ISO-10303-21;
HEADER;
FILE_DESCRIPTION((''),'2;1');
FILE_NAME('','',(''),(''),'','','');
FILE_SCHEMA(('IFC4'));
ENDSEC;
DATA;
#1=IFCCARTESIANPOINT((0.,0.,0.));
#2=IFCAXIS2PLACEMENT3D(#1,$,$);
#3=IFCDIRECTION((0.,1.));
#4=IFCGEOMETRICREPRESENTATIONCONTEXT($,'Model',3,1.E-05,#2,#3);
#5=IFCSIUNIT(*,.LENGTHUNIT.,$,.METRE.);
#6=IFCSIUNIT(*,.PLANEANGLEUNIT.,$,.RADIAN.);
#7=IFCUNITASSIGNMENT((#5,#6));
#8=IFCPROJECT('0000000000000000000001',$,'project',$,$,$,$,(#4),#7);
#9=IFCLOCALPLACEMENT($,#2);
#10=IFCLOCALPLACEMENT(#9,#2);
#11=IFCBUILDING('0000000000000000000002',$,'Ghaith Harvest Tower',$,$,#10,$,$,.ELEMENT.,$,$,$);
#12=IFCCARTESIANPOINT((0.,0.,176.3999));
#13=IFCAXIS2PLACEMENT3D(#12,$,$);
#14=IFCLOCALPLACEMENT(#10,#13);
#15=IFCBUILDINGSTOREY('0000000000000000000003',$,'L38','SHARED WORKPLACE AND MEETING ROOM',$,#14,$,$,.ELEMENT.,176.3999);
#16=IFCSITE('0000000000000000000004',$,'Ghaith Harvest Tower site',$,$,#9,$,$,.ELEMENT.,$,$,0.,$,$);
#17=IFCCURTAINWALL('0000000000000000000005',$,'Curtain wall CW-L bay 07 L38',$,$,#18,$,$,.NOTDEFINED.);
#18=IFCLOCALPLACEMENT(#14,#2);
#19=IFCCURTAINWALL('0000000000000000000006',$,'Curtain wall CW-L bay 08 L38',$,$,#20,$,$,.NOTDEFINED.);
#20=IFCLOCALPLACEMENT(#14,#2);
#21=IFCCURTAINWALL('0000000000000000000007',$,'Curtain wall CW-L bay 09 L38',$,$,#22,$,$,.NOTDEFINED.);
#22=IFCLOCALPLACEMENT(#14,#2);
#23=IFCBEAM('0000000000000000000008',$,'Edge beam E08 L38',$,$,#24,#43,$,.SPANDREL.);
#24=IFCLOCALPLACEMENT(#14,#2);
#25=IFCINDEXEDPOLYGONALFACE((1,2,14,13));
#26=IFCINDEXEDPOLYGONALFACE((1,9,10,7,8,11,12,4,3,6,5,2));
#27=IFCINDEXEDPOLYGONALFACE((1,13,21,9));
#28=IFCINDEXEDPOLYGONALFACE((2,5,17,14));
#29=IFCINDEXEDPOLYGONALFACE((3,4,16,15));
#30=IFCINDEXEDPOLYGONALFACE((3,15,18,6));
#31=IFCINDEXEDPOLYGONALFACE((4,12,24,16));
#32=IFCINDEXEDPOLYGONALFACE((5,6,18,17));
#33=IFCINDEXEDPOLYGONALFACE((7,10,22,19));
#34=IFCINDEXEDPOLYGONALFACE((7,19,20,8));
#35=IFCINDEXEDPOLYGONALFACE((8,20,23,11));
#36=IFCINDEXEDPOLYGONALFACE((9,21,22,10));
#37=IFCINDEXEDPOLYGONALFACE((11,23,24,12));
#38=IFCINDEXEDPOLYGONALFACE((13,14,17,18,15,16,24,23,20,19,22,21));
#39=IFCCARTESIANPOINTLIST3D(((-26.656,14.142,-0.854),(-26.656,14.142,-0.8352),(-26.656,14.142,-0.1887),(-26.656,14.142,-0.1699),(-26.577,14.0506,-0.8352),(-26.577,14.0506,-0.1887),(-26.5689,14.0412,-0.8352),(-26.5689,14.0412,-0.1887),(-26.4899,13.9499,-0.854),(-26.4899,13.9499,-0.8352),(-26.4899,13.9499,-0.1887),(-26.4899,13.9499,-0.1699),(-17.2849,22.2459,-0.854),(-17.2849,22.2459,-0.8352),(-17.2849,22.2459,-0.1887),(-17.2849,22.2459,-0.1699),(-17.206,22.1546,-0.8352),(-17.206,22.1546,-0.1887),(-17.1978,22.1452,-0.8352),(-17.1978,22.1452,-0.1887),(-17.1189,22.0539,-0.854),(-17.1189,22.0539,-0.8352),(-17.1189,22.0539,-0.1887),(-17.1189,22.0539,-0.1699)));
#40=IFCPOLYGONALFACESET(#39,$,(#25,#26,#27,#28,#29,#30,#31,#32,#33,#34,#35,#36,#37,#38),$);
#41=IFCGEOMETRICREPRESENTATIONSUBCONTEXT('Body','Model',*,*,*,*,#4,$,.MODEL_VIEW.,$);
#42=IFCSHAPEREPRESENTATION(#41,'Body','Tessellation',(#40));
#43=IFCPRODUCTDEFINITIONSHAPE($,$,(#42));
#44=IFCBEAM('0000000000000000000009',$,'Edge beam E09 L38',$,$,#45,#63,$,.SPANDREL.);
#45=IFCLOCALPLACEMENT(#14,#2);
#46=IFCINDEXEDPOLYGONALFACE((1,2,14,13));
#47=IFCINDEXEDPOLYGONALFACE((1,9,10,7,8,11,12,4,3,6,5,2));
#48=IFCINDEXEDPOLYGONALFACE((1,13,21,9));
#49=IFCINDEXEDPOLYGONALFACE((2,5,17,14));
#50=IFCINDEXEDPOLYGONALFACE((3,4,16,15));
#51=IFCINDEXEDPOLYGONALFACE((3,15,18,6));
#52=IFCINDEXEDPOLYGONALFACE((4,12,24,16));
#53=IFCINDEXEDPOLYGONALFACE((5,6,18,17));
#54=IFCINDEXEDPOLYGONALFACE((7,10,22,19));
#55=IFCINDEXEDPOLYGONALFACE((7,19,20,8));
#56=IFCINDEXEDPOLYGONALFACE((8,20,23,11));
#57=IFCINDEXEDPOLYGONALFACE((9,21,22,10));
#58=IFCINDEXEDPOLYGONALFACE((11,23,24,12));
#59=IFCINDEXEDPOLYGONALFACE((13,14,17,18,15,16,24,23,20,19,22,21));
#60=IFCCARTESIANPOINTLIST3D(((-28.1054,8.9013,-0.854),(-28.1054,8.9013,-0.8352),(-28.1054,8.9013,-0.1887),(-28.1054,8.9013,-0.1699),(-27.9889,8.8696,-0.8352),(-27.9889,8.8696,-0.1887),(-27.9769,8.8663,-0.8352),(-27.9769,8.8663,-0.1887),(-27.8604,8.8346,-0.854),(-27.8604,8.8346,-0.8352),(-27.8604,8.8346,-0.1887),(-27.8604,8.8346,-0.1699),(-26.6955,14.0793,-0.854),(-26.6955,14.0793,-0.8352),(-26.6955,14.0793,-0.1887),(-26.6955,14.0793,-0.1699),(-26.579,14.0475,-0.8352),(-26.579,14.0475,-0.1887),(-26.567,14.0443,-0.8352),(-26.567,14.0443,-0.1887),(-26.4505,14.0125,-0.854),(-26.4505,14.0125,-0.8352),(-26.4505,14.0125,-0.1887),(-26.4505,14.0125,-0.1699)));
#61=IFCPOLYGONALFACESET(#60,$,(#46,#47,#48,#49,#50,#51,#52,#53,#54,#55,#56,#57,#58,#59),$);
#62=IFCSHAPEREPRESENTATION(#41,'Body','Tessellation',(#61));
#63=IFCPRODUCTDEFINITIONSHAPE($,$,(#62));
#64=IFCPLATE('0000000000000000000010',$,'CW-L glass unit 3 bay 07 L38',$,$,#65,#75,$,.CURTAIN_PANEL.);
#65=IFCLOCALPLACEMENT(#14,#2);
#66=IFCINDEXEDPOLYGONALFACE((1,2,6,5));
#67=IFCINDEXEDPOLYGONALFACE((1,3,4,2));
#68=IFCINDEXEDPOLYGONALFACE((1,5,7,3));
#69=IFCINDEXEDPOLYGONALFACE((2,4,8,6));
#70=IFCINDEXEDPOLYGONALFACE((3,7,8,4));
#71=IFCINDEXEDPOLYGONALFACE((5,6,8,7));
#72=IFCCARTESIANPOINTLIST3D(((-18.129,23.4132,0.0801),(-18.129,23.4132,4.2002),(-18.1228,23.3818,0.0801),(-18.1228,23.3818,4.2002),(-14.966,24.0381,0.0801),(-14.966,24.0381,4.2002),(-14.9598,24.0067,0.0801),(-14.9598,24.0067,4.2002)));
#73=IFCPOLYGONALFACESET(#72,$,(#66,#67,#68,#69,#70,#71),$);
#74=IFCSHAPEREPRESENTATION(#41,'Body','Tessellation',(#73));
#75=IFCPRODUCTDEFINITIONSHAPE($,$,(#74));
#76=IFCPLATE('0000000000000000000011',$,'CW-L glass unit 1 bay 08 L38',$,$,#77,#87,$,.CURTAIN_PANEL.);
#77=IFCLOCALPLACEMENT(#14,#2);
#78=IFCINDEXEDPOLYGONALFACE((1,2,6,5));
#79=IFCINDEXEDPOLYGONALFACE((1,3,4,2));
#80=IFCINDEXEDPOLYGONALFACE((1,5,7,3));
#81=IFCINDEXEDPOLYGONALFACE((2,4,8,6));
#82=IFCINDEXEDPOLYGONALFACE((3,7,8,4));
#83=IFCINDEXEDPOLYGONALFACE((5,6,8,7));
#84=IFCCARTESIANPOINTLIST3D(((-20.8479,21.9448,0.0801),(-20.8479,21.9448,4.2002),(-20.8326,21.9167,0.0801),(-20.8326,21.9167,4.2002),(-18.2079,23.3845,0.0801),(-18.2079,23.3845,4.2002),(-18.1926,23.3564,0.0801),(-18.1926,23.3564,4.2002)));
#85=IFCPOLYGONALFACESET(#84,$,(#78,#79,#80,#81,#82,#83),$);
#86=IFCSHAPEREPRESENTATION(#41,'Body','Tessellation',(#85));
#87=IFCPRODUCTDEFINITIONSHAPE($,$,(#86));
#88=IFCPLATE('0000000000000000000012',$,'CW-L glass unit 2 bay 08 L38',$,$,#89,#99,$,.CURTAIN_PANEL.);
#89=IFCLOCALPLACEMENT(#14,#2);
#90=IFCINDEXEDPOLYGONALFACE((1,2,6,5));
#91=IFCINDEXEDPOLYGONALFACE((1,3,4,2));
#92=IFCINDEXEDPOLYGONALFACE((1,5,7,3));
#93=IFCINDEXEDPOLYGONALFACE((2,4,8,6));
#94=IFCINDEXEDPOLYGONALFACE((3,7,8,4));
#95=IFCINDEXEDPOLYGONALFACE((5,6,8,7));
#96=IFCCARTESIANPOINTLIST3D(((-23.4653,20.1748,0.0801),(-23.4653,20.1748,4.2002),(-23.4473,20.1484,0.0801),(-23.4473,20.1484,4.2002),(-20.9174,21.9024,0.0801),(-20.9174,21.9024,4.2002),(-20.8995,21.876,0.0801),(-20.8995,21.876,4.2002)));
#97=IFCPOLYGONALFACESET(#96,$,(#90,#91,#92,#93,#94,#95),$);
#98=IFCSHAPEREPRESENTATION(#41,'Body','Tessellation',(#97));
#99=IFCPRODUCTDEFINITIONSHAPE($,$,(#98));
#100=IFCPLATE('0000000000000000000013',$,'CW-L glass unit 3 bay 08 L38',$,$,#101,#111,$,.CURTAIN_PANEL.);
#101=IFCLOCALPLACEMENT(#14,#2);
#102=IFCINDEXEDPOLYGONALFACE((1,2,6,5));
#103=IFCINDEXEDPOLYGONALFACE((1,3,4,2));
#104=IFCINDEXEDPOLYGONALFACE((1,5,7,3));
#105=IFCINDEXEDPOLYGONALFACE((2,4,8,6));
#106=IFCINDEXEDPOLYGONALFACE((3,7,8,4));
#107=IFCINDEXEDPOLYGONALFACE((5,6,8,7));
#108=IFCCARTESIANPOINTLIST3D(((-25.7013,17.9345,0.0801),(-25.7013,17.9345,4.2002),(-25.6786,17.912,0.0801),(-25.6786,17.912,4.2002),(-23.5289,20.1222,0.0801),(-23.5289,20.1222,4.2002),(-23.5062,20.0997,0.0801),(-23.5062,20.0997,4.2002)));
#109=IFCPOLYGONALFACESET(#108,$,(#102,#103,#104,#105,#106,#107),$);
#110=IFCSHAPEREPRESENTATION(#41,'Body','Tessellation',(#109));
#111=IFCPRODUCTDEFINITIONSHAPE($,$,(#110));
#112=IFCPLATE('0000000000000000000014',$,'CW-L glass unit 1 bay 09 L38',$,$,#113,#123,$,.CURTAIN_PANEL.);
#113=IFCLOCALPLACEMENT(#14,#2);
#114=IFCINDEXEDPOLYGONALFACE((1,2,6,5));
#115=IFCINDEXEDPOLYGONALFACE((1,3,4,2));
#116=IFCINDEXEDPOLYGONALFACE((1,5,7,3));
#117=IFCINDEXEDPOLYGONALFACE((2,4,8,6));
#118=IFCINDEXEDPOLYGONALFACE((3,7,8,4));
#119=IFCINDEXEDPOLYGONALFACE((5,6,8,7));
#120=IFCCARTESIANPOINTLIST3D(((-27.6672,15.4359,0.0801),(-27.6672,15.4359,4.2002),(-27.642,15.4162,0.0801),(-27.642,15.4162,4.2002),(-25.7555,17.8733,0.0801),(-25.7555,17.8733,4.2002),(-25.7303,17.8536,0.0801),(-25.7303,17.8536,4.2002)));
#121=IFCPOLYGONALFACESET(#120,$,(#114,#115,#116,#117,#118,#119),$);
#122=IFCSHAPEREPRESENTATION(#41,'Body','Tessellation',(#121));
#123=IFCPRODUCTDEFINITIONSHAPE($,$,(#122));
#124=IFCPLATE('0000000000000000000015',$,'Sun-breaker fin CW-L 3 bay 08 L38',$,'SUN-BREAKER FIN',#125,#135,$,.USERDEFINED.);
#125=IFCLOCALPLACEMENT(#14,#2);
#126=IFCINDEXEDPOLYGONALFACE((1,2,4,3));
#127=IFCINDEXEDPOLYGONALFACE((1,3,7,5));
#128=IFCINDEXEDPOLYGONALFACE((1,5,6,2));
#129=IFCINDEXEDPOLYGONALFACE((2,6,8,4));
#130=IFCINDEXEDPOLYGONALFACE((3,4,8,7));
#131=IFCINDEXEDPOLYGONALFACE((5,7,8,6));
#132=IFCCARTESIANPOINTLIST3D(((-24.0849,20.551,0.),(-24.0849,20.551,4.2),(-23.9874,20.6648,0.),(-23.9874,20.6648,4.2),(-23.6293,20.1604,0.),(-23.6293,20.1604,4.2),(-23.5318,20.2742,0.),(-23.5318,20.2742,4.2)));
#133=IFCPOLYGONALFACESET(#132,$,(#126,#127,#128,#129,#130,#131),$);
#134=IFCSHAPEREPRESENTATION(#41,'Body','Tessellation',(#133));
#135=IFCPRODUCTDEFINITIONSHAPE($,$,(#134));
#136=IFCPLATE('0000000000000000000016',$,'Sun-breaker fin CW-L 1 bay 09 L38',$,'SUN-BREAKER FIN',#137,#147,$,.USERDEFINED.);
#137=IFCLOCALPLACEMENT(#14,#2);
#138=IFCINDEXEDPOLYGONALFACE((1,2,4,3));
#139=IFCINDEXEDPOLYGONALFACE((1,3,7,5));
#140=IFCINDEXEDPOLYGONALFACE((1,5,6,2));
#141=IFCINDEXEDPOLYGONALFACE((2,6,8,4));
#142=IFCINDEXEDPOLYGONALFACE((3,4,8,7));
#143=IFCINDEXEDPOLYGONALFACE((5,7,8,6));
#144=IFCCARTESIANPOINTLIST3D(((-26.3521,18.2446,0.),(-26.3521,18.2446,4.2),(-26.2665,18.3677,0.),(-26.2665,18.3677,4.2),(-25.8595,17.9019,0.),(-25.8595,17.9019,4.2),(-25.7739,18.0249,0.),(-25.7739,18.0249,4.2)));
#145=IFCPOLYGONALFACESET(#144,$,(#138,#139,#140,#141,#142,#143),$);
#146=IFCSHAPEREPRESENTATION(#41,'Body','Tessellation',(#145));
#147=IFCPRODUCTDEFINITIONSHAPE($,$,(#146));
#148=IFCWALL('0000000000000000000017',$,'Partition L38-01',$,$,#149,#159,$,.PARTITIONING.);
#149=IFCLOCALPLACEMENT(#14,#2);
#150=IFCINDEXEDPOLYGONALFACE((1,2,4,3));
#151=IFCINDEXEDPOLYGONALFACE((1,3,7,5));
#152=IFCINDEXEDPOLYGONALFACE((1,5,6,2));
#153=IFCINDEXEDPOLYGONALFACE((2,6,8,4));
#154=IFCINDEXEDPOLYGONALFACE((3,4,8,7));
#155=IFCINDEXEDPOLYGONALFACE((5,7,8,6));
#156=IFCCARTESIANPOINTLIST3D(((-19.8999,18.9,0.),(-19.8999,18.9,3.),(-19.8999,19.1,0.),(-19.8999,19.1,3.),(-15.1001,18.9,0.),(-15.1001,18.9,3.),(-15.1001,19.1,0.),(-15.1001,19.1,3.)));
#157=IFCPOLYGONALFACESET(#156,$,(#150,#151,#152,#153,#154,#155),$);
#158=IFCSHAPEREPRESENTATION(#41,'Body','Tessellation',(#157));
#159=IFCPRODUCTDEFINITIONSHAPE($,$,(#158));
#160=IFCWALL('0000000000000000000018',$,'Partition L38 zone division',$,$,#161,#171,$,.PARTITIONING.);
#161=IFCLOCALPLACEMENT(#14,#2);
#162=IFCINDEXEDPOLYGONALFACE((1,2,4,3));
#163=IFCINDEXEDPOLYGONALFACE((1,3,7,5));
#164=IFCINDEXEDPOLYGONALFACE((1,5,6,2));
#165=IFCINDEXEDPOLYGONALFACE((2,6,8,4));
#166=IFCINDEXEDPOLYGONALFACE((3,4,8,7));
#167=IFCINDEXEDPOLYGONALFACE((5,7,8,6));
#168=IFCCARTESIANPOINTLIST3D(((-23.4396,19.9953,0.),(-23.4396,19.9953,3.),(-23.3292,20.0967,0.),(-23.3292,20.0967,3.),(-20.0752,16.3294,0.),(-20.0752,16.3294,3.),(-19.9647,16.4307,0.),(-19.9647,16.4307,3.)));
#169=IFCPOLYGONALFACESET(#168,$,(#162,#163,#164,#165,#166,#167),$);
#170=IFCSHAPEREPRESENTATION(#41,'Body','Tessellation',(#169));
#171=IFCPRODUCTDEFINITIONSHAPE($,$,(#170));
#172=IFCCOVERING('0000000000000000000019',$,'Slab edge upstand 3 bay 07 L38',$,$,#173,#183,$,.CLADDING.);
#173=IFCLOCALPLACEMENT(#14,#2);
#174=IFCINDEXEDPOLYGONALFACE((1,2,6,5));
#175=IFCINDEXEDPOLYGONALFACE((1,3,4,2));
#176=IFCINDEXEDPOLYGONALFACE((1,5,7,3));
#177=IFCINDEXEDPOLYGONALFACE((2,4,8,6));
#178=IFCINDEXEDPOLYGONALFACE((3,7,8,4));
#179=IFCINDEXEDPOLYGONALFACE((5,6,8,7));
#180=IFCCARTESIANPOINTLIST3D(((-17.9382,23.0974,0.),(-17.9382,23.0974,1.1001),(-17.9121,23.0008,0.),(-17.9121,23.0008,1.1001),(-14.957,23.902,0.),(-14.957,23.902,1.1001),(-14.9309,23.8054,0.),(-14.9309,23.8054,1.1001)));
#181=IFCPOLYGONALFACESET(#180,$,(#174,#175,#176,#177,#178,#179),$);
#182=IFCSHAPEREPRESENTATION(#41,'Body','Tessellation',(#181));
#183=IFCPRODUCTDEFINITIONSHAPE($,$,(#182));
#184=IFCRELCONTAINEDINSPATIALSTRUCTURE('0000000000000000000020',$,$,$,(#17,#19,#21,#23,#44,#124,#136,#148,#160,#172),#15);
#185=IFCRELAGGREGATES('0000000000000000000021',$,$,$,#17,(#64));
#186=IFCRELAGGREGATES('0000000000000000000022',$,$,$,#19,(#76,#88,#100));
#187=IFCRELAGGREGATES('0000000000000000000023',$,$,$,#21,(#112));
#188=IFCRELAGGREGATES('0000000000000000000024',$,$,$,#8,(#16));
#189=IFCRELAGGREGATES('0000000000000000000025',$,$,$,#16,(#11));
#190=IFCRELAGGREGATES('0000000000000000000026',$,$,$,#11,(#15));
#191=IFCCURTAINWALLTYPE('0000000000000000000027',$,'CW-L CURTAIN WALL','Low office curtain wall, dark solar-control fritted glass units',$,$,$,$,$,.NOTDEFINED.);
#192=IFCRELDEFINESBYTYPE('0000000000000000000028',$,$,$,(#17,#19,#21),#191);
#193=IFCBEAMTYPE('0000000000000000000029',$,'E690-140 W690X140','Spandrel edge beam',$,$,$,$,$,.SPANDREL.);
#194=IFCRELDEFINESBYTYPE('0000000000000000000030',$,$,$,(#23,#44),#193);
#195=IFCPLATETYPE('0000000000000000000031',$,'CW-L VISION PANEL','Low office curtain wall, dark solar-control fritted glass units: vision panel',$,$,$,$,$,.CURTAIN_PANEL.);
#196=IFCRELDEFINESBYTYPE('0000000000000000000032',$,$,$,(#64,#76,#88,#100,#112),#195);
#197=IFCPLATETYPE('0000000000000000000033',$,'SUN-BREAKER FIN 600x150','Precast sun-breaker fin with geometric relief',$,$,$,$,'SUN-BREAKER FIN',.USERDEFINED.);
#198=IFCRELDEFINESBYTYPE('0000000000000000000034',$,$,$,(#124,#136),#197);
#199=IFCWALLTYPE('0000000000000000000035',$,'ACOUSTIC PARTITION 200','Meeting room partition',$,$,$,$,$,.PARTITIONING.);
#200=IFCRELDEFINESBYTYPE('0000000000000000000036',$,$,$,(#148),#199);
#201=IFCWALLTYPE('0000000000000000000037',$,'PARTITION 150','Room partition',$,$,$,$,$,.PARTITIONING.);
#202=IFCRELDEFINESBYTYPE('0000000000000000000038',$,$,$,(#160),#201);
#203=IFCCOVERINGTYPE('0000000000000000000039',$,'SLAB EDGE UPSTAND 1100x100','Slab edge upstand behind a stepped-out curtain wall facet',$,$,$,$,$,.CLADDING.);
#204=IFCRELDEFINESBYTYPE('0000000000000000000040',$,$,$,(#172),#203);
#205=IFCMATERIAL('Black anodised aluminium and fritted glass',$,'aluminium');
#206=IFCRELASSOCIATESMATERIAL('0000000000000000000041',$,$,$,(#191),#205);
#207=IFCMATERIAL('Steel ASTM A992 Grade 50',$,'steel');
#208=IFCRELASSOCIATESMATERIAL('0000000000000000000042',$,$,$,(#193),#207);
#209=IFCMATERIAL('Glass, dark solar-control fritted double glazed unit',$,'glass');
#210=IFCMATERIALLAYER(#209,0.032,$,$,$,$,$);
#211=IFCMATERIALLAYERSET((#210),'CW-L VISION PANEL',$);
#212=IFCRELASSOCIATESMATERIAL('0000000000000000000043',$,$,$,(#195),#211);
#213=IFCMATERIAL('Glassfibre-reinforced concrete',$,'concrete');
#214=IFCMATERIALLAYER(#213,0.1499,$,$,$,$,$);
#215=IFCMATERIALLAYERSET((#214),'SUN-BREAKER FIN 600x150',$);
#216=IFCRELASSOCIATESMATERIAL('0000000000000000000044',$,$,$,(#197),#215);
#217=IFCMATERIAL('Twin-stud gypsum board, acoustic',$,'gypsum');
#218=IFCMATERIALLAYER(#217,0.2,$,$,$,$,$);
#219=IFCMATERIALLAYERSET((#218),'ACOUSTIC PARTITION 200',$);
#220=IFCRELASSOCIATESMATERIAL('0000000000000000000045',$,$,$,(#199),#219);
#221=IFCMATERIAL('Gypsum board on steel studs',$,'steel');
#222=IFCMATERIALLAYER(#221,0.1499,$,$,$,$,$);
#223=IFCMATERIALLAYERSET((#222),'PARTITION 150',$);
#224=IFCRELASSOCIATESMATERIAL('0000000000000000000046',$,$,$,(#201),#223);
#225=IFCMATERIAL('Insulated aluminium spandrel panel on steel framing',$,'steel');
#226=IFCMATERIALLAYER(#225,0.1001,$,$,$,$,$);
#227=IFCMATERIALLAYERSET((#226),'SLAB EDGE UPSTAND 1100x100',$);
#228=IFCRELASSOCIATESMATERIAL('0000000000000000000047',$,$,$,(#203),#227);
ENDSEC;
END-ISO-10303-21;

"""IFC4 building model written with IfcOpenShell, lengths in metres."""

from ifc_helpers import new_model, si_unit, direction, frame, frame_2d, origin, origin_2d, place, context, subcontext, project, spatial, rectangle, i_section, extrude, material, layer, layer_set, material_profile, profile_set, type_object, element, aggregate, save


model = new_model("IFC4")

# Units and contexts
model_context = context("Model", 3, precision=1e-05, world=origin(), true_north=direction((0.0, 1.0)))
body_context = subcontext(model_context, "Body", "Model", "MODEL_VIEW")
ifc_project = project(units=[si_unit("LENGTHUNIT", "METRE"), si_unit("PLANEANGLEUNIT", "RADIAN")], contexts=[model_context])

# Site, building, storey
site_placement = place(None, origin())
site = spatial("IfcSite", under=ifc_project, at=site_placement, Name="Ghaith Harvest Tower site", CompositionType="ELEMENT", RefElevation=0.0)
building_placement = place(site_placement, origin())
building = spatial("IfcBuilding", under=site, at=building_placement, Name="Ghaith Harvest Tower", CompositionType="ELEMENT")
storey_placement = place(building_placement, frame((0.0, 0.0, 176.3999)))
storey = spatial("IfcBuildingStorey", under=building, at=storey_placement, Name="L38", Description="SHARED WORKPLACE AND MEETING ROOM", CompositionType="ELEMENT", Elevation=176.3999)

# Curtain wall
ifc_material_1 = material(Name="Black anodised aluminium and fritted glass", Category="aluminium")
curtain_wall_type = type_object("IfcCurtainWallType", Name="CW-L CURTAIN WALL", Description="Low office curtain wall, dark solar-control fritted glass units", PredefinedType="NOTDEFINED", material=ifc_material_1)
curtain_wall_1_placement = place(storey_placement, origin())
curtain_wall_1 = element("IfcCurtainWall", 1, at=curtain_wall_1_placement, inside=storey, type_object=curtain_wall_type, Name="Curtain wall CW-L bay 07 L38", PredefinedType="NOTDEFINED")

# Curtain walls
curtain_wall_2_placement = place(storey_placement, origin())
curtain_wall_2 = element("IfcCurtainWall", 2, at=curtain_wall_2_placement, inside=storey, type_object=curtain_wall_type, Name="Curtain wall CW-L bay 08 L38", PredefinedType="NOTDEFINED")
curtain_wall_3_placement = place(storey_placement, origin())
curtain_wall_3 = element("IfcCurtainWall", 3, at=curtain_wall_3_placement, inside=storey, type_object=curtain_wall_type, Name="Curtain wall CW-L bay 09 L38", PredefinedType="NOTDEFINED")

# Beams
ifc_material_2 = material(Name="Steel ASTM A992 Grade 50", Category="steel")
ifc_material_profile_1 = material_profile(ifc_material_2, i_section(OverallWidth=0.2539, OverallDepth=0.6841, WebThickness=0.0125, FlangeThickness=0.0188, at=origin_2d()), Name="W690X140")
ifc_profile_set_1 = profile_set([ifc_material_profile_1], Name="Steel ASTM A992 Grade 50")
beam_type = type_object("IfcBeamType", Name="E690-140 W690X140", Description="Spandrel edge beam", PredefinedType="SPANDREL", material=ifc_profile_set_1)
beam_1_placement = place(storey_placement, frame((-17.2019, 22.1499, -0.512), z_axis=(-0.756392, -0.654118, 0.0), x_axis=(0.654118, -0.756392, 0.0)))
element("IfcBeam", 4, at=beam_1_placement, inside=storey, type_object=beam_type, Name="Edge beam E08 L38", PredefinedType="SPANDREL", context=body_context, shape_type="SweptSolid", body=[
    extrude(i_section(OverallWidth=0.2539, OverallDepth=0.6841, WebThickness=0.0125, FlangeThickness=0.0188, at=origin_2d()), origin(), (0.0, 0.0, 1.0), 12.3892),
])
beam_2_placement = place(storey_placement, frame((-26.573, 14.0459, -0.512), z_axis=(-0.262725, -0.964871, 0.0), x_axis=(0.964871, -0.262725, 0.0)))
element("IfcBeam", 5, at=beam_2_placement, inside=storey, type_object=beam_type, Name="Edge beam E09 L38", PredefinedType="SPANDREL", context=body_context, shape_type="SweptSolid", body=[
    extrude(i_section(OverallWidth=0.2539, OverallDepth=0.6841, WebThickness=0.0125, FlangeThickness=0.0188, at=origin_2d()), origin(), (0.0, 0.0, 1.0), 5.3665),
])

# Plates
ifc_material_3 = material(Name="Glass, dark solar-control fritted double glazed unit", Category="glass")
ifc_layer_1 = layer(ifc_material_3, 0.032)
ifc_layer_set_1 = layer_set([ifc_layer_1], Name="CW-L VISION PANEL")
plate_type_1 = type_object("IfcPlateType", Name="CW-L VISION PANEL", Description="Low office curtain wall, dark solar-control fritted glass units: vision panel", PredefinedType="CURTAIN_PANEL", material=ifc_layer_set_1)
plate_1_placement = place(storey_placement, frame((-16.5444, 23.71, 0.0801), z_axis=(0.0, 0.0, 1.0), x_axis=(-0.981038, -0.193818, 0.0)))
plate_1 = element("IfcPlate", 6, at=plate_1_placement, type_object=plate_type_1, Name="CW-L glass unit 3 bay 07 L38", PredefinedType="CURTAIN_PANEL", context=body_context, shape_type="SweptSolid", body=[
    extrude(rectangle(XDim=3.2241, YDim=0.032, at=origin_2d()), origin(), (0.0, 0.0, 1.0), 4.1201),
])
aggregate(curtain_wall_1, [plate_1])
plate_2_placement = place(storey_placement, frame((-19.5203, 22.6506, 0.0801), z_axis=(0.0, 0.0, 1.0), x_axis=(-0.87794, -0.47877, 0.0)))
plate_2 = element("IfcPlate", 7, at=plate_2_placement, type_object=plate_type_1, Name="CW-L glass unit 1 bay 08 L38", PredefinedType="CURTAIN_PANEL", context=body_context, shape_type="SweptSolid", body=[
    extrude(rectangle(XDim=3.0071, YDim=0.032, at=origin_2d()), origin(), (0.0, 0.0, 1.0), 4.1201),
])
plate_3_placement = place(storey_placement, frame((-22.1824, 21.0254, 0.0801), z_axis=(0.0, 0.0, 1.0), x_axis=(-0.827675, -0.561208, 0.0)))
plate_3 = element("IfcPlate", 8, at=plate_3_placement, type_object=plate_type_1, Name="CW-L glass unit 2 bay 08 L38", PredefinedType="CURTAIN_PANEL", context=body_context, shape_type="SweptSolid", body=[
    extrude(rectangle(XDim=3.0784, YDim=0.032, at=origin_2d()), origin(), (0.0, 0.0, 1.0), 4.1201),
])
plate_4_placement = place(storey_placement, frame((-24.6038, 19.0171, 0.0801), z_axis=(0.0, 0.0, 1.0), x_axis=(-0.704614, -0.709591, 0.0)))
plate_4 = element("IfcPlate", 9, at=plate_4_placement, type_object=plate_type_1, Name="CW-L glass unit 3 bay 08 L38", PredefinedType="CURTAIN_PANEL", context=body_context, shape_type="SweptSolid", body=[
    extrude(rectangle(XDim=3.083, YDim=0.032, at=origin_2d()), origin(), (0.0, 0.0, 1.0), 4.1201),
])
aggregate(curtain_wall_2, [plate_2, plate_3, plate_4])
plate_5_placement = place(storey_placement, frame((-26.6987, 16.6448, 0.0801), z_axis=(0.0, 0.0, 1.0), x_axis=(-0.617141, -0.786853, 0.0)))
plate_5 = element("IfcPlate", 10, at=plate_5_placement, type_object=plate_type_1, Name="CW-L glass unit 1 bay 09 L38", PredefinedType="CURTAIN_PANEL", context=body_context, shape_type="SweptSolid", body=[
    extrude(rectangle(XDim=3.0977, YDim=0.032, at=origin_2d()), origin(), (0.0, 0.0, 1.0), 4.1201),
])
aggregate(curtain_wall_3, [plate_5])

# Plates
ifc_material_4 = material(Name="Glassfibre-reinforced concrete", Category="concrete")
ifc_layer_2 = layer(ifc_material_4, 0.1499)
ifc_layer_set_2 = layer_set([ifc_layer_2], Name="SUN-BREAKER FIN 600x150")
plate_type_2 = type_object("IfcPlateType", Name="SUN-BREAKER FIN 600x150", Description="Precast sun-breaker fin with geometric relief", ElementType="SUN-BREAKER FIN", PredefinedType="USERDEFINED", material=ifc_layer_set_2)
for number, where, z_axis, x_axis, name in (
    (11, (-23.8083, 20.4126, 0.0), (0.0, 0.0, 1.0), (-0.75917, 0.650893, 0.0), "Sun-breaker fin CW-L 3 bay 08 L38"),
    (12, (-26.063, 18.1348, 0.0), (0.0, 0.0, 1.0), (-0.820845, 0.57115, 0.0), "Sun-breaker fin CW-L 1 bay 09 L38"),
):
    element("IfcPlate", number, at=place(storey_placement, frame(where, z_axis=z_axis, x_axis=x_axis)), inside=storey, type_object=plate_type_2, Name=name, ObjectType="SUN-BREAKER FIN", PredefinedType="USERDEFINED", context=body_context, shape_type="SweptSolid", body=[
        extrude(rectangle(XDim=0.6001, YDim=0.1499, at=origin_2d()), origin(), (0.0, 0.0, 1.0), 4.2),
    ])

# Walls
ifc_material_5 = material(Name="Twin-stud gypsum board, acoustic", Category="gypsum")
ifc_layer_3 = layer(ifc_material_5, 0.2)
ifc_layer_set_3 = layer_set([ifc_layer_3], Name="ACOUSTIC PARTITION 200")
wall_type_1 = type_object("IfcWallType", Name="ACOUSTIC PARTITION 200", Description="Meeting room partition", PredefinedType="PARTITIONING", material=ifc_layer_set_3)
wall_1_placement = place(storey_placement, frame((-19.8999, 19.0, 0.0), z_axis=(0.0, 0.0, 1.0), x_axis=(1.0, 0.0, 0.0)))
element("IfcWall", 13, at=wall_1_placement, inside=storey, type_object=wall_type_1, Name="Partition L38-01", PredefinedType="PARTITIONING", context=body_context, shape_type="SweptSolid", body=[
    extrude(rectangle(XDim=4.7998, YDim=0.2, at=frame_2d((2.3999, 0.0))), origin(), (0.0, 0.0, 1.0), 3.0),
])
ifc_material_6 = material(Name="Gypsum board on steel studs", Category="steel")
ifc_layer_4 = layer(ifc_material_6, 0.1499)
ifc_layer_set_4 = layer_set([ifc_layer_4], Name="PARTITION 150")
wall_type_2 = type_object("IfcWallType", Name="PARTITION 150", Description="Room partition", PredefinedType="PARTITIONING", material=ifc_layer_set_4)
wall_2_placement = place(storey_placement, frame((-20.02, 16.3801, 0.0), z_axis=(0.0, 0.0, 1.0), x_axis=(-0.67616, 0.736755, 0.0)))
element("IfcWall", 14, at=wall_2_placement, inside=storey, type_object=wall_type_2, Name="Partition L38 zone division", PredefinedType="PARTITIONING", context=body_context, shape_type="SweptSolid", body=[
    extrude(rectangle(XDim=4.9758, YDim=0.1499, at=frame_2d((2.4878, 0.0))), origin(), (0.0, 0.0, 1.0), 3.0),
])

# Covering
ifc_material_7 = material(Name="Insulated aluminium spandrel panel on steel framing", Category="steel")
ifc_layer_5 = layer(ifc_material_7, 0.1001)
ifc_layer_set_5 = layer_set([ifc_layer_5], Name="SLAB EDGE UPSTAND 1100x100")
covering_type = type_object("IfcCoveringType", Name="SLAB EDGE UPSTAND 1100x100", Description="Slab edge upstand behind a stepped-out curtain wall facet", PredefinedType="CLADDING", material=ifc_layer_set_5)
covering_1_placement = place(storey_placement, frame((-16.4346, 23.4514, 0.0), z_axis=(0.0, 0.0, 1.0), x_axis=(-0.965455, -0.26057, 0.0)))
element("IfcCovering", 15, at=covering_1_placement, inside=storey, type_object=covering_type, Name="Slab edge upstand 3 bay 07 L38", PredefinedType="CLADDING", context=body_context, shape_type="SweptSolid", body=[
    extrude(rectangle(XDim=3.0879, YDim=0.1001, at=origin_2d()), origin(), (0.0, 0.0, 1.0), 1.1001),
])

save(model, "model.ifc")
